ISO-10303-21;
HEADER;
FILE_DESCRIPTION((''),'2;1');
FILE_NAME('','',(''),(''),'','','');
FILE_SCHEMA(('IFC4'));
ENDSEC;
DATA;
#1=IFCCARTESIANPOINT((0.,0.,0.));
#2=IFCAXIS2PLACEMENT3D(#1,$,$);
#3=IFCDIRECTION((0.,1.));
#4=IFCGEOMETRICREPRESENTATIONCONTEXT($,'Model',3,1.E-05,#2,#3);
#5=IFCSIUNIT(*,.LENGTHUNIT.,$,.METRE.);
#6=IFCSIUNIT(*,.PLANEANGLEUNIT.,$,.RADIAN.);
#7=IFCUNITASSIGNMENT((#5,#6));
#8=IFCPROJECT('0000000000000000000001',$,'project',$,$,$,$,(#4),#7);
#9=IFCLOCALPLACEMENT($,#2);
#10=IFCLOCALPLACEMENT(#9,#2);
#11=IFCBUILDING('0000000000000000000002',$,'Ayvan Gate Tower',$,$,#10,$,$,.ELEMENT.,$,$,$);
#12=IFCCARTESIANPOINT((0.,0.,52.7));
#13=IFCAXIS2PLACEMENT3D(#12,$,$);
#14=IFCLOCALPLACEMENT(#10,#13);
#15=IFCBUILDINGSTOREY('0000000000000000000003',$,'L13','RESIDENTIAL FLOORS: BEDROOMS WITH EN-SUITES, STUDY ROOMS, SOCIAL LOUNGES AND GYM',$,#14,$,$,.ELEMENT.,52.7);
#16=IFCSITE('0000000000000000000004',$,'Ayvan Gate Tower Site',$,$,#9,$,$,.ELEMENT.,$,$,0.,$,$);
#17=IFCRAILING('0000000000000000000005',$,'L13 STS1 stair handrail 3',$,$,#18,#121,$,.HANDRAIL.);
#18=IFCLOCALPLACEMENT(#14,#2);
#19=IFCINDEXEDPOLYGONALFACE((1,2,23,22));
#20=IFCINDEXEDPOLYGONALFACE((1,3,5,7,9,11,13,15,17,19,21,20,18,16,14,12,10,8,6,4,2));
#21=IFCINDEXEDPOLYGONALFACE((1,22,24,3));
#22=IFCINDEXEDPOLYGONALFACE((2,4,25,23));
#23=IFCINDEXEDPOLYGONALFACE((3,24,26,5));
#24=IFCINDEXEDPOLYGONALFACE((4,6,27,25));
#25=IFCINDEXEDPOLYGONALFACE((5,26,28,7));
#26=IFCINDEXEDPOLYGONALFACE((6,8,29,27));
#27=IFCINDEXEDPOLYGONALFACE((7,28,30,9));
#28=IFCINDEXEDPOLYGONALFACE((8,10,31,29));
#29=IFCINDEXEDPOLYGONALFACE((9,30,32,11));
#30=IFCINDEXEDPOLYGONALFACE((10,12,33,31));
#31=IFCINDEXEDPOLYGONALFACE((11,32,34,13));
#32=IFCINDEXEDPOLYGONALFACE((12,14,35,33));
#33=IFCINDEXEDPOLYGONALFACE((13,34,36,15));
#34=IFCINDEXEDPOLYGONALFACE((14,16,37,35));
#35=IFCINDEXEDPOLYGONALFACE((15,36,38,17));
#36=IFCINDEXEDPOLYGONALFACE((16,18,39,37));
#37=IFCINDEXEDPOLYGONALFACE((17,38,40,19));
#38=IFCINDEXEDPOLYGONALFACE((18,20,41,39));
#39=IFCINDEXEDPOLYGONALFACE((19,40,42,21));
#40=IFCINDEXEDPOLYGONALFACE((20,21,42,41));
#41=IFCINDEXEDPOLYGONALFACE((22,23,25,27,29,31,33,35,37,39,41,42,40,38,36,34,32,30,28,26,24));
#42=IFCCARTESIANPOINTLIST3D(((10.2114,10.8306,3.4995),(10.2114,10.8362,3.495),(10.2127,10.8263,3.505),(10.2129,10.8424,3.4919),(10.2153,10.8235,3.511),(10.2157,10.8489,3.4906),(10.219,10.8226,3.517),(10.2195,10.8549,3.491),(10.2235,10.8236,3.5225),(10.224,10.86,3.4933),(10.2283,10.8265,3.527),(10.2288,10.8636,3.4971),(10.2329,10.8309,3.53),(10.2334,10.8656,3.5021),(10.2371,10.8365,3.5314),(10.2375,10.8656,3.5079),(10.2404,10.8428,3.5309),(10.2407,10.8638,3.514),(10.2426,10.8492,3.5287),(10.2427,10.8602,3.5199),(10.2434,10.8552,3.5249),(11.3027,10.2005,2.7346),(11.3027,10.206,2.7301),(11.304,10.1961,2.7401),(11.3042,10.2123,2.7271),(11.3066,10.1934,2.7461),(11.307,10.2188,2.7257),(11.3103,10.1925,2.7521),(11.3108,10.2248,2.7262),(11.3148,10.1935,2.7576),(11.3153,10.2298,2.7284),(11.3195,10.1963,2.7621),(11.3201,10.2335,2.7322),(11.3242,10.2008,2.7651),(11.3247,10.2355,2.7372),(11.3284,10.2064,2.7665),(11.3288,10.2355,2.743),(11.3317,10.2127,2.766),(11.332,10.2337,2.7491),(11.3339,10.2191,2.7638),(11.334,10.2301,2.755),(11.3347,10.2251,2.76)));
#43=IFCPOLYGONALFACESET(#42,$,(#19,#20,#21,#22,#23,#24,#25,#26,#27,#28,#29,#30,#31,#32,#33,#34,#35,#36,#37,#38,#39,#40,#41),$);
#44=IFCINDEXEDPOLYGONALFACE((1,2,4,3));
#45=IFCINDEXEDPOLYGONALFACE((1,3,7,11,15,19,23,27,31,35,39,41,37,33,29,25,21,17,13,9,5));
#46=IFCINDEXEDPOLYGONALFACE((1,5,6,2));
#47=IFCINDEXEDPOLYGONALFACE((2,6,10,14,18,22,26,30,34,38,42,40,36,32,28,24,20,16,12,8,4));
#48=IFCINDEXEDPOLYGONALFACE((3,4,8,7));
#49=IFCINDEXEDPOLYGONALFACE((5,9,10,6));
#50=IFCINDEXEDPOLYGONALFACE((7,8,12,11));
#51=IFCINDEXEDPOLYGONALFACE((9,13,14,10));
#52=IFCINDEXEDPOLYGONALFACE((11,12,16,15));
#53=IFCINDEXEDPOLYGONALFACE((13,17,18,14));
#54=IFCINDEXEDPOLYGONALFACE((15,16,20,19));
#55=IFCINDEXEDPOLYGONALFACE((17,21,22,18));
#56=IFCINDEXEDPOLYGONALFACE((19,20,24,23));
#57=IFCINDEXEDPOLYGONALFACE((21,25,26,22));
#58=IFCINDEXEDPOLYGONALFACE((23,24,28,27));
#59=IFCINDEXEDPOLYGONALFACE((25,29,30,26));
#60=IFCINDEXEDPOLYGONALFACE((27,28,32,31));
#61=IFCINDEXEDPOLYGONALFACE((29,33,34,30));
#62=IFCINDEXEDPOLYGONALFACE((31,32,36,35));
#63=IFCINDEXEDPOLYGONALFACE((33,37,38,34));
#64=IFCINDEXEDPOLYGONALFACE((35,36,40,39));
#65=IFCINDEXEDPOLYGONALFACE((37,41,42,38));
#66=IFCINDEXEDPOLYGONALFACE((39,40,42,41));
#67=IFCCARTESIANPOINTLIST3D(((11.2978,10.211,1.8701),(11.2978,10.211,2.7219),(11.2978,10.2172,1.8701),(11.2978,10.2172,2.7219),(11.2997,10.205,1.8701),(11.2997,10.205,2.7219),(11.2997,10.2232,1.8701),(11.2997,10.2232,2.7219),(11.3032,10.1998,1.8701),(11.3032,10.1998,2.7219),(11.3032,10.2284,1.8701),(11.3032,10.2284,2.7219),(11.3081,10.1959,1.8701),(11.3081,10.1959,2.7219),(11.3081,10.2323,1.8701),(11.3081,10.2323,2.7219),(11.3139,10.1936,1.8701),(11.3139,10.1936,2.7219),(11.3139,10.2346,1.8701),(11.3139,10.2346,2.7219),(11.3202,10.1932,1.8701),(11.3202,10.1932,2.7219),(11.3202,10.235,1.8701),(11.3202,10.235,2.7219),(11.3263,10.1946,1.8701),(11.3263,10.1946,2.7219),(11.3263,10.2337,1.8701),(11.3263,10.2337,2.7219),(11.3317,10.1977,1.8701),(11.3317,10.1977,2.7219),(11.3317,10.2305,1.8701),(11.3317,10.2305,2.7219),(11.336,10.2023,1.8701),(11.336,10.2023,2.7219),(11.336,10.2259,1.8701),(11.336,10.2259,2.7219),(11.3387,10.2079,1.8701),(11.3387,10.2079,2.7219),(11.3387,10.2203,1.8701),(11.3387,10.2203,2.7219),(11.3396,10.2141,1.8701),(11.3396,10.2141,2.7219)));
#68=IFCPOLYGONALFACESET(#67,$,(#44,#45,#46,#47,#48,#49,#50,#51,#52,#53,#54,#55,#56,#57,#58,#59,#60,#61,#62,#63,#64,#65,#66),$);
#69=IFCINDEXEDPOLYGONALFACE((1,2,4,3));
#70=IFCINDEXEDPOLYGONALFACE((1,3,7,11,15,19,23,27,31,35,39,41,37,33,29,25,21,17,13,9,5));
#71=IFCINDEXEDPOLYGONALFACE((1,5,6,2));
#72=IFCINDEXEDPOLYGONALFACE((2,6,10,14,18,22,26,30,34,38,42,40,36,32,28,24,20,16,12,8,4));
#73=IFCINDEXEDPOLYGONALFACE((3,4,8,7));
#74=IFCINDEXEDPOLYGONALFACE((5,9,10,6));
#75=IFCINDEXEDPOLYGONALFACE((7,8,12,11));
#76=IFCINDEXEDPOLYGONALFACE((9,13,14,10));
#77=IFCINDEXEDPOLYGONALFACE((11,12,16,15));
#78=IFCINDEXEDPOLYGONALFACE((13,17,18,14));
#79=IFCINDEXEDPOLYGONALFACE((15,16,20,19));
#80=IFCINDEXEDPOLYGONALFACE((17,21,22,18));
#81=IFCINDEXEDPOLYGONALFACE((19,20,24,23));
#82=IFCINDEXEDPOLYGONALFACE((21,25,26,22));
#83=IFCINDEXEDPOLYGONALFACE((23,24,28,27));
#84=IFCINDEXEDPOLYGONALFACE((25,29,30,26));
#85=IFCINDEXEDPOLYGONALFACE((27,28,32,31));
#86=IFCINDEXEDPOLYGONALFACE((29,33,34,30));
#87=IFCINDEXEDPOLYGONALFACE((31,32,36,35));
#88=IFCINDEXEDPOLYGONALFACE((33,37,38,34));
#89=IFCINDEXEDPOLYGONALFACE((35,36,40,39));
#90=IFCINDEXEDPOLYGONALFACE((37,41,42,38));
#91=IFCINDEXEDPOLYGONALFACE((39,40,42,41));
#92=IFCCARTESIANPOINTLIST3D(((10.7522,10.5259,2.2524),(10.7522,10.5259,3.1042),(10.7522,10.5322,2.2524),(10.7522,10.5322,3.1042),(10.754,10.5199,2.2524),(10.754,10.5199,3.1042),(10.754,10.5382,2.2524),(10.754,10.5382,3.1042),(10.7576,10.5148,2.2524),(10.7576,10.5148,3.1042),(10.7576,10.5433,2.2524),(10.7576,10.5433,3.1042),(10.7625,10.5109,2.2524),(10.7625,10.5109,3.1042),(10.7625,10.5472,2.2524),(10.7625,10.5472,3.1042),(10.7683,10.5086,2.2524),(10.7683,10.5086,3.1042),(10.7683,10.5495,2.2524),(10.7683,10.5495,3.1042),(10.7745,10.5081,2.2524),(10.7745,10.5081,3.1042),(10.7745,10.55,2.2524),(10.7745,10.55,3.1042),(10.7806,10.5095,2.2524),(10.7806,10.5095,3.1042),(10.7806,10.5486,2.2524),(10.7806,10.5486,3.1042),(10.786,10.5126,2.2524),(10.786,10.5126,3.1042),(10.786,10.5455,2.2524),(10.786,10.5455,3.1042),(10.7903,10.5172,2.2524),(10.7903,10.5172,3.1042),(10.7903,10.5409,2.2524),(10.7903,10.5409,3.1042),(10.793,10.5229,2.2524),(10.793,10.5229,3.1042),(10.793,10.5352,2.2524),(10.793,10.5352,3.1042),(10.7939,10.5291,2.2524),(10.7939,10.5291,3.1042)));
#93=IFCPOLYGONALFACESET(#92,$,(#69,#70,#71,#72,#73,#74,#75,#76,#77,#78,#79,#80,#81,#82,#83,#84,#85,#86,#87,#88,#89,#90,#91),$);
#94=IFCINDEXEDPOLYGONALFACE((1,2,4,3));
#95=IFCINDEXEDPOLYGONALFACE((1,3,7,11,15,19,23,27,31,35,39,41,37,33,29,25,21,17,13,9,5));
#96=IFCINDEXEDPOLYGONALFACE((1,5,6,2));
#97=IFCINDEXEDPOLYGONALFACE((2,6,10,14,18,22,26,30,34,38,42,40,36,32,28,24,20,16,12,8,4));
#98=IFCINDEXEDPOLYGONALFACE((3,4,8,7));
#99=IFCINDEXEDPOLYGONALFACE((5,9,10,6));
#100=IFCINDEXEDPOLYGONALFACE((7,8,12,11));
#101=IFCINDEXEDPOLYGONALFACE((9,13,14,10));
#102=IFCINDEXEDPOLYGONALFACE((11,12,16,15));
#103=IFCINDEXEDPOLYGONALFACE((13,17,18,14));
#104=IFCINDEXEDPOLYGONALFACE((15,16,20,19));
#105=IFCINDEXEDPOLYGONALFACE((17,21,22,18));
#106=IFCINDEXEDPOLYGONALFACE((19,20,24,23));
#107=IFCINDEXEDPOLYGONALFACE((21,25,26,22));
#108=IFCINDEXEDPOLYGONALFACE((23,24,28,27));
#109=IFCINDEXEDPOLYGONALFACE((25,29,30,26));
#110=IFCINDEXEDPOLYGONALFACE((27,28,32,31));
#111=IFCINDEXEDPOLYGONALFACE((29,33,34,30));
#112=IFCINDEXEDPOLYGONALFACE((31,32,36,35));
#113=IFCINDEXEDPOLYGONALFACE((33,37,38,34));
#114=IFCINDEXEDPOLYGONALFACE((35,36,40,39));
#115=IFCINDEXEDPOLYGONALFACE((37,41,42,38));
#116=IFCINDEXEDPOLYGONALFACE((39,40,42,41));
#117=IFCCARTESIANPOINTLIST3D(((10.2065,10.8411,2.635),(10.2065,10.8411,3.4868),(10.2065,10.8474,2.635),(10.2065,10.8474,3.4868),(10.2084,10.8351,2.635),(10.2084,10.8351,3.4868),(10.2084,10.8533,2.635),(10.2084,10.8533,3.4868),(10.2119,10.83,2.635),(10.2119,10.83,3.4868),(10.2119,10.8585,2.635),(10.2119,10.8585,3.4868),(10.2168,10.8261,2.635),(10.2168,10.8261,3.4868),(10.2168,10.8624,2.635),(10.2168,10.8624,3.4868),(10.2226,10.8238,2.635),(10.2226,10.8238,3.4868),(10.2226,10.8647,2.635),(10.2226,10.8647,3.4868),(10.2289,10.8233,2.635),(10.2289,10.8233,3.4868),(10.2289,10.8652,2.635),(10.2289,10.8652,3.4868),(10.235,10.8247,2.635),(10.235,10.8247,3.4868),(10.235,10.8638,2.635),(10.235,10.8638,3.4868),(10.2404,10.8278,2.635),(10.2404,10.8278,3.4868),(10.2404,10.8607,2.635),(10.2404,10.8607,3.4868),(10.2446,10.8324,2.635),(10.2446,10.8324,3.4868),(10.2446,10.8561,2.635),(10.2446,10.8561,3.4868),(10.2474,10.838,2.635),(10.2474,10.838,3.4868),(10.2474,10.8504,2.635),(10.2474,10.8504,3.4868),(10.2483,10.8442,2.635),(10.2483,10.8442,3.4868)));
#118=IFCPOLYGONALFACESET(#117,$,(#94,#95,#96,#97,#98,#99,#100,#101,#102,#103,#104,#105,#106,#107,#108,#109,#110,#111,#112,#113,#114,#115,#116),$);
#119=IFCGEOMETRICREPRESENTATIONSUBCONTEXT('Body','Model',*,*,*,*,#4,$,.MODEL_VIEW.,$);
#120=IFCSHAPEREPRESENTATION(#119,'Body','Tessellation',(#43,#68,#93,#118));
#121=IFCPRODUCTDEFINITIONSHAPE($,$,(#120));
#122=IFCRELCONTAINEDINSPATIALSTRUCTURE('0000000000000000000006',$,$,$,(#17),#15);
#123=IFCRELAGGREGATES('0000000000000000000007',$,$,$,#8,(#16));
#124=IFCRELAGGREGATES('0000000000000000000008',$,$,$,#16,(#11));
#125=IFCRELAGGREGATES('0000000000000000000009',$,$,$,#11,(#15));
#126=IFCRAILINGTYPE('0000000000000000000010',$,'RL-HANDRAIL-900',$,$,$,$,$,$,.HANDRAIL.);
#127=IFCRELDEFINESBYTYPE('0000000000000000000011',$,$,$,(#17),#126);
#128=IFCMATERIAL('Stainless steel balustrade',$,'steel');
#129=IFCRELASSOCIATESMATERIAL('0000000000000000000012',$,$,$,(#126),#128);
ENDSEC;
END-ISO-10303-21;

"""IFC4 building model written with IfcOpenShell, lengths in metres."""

from ifc_helpers import new_model, si_unit, direction, frame, origin, origin_2d, place, context, subcontext, project, spatial, circle, extrude, material, type_object, element, save


model = new_model("IFC4")

# Units and contexts
model_context = context("Model", 3, precision=1e-05, world=origin(), true_north=direction((0.0, 1.0)))
body_context = subcontext(model_context, "Body", "Model", "MODEL_VIEW")
ifc_project = project(units=[si_unit("LENGTHUNIT", "METRE"), si_unit("PLANEANGLEUNIT", "RADIAN")], contexts=[model_context])

# Site, building, storey
site_placement = place(None, origin())
site = spatial("IfcSite", under=ifc_project, at=site_placement, Name="Ayvan Gate Tower Site", CompositionType="ELEMENT", RefElevation=0.0)
building_placement = place(site_placement, origin())
building = spatial("IfcBuilding", under=site, at=building_placement, Name="Ayvan Gate Tower", CompositionType="ELEMENT")
storey_placement = place(building_placement, frame((0.0, 0.0, 52.7)))
storey = spatial("IfcBuildingStorey", under=building, at=storey_placement, Name="L13", Description="RESIDENTIAL FLOORS: BEDROOMS WITH EN-SUITES, STUDY ROOMS, SOCIAL LOUNGES AND GYM", CompositionType="ELEMENT", Elevation=52.7)

# Railing
ifc_material_1 = material(Name="Stainless steel balustrade", Category="steel")
railing_type_1 = type_object("IfcRailingType", Name="RL-HANDRAIL-900", PredefinedType="HANDRAIL", material=ifc_material_1)
railing_1_placement = place(storey_placement, frame((11.3186, 10.2141, 1.8701)))
element("IfcRailing", 1, at=railing_1_placement, inside=storey, type_object=railing_type_1, Name="L13 STS1 stair handrail 3", PredefinedType="HANDRAIL", context=body_context, shape_type="SweptSolid", body=[
    extrude(circle(Radius=0.0239, at=origin_2d()), frame((0.0, 0.0, 0.876), z_axis=(-0.740304, 0.427455, 0.518875), x_axis=(-0.500035, -0.866005, 0.0)), (0.0, 0.0, 1.0), 1.4741),
    extrude(circle(Radius=0.021, at=origin_2d()), origin(), (0.0, 0.0, 1.0), 0.8518),
    extrude(circle(Radius=0.021, at=origin_2d()), frame((-0.5457, 0.3149, 0.3823)), (0.0, 0.0, 1.0), 0.8518),
    extrude(circle(Radius=0.021, at=origin_2d()), frame((-1.0913, 0.6301, 0.7649)), (0.0, 0.0, 1.0), 0.8518),
])

save(model, "model.ifc")
